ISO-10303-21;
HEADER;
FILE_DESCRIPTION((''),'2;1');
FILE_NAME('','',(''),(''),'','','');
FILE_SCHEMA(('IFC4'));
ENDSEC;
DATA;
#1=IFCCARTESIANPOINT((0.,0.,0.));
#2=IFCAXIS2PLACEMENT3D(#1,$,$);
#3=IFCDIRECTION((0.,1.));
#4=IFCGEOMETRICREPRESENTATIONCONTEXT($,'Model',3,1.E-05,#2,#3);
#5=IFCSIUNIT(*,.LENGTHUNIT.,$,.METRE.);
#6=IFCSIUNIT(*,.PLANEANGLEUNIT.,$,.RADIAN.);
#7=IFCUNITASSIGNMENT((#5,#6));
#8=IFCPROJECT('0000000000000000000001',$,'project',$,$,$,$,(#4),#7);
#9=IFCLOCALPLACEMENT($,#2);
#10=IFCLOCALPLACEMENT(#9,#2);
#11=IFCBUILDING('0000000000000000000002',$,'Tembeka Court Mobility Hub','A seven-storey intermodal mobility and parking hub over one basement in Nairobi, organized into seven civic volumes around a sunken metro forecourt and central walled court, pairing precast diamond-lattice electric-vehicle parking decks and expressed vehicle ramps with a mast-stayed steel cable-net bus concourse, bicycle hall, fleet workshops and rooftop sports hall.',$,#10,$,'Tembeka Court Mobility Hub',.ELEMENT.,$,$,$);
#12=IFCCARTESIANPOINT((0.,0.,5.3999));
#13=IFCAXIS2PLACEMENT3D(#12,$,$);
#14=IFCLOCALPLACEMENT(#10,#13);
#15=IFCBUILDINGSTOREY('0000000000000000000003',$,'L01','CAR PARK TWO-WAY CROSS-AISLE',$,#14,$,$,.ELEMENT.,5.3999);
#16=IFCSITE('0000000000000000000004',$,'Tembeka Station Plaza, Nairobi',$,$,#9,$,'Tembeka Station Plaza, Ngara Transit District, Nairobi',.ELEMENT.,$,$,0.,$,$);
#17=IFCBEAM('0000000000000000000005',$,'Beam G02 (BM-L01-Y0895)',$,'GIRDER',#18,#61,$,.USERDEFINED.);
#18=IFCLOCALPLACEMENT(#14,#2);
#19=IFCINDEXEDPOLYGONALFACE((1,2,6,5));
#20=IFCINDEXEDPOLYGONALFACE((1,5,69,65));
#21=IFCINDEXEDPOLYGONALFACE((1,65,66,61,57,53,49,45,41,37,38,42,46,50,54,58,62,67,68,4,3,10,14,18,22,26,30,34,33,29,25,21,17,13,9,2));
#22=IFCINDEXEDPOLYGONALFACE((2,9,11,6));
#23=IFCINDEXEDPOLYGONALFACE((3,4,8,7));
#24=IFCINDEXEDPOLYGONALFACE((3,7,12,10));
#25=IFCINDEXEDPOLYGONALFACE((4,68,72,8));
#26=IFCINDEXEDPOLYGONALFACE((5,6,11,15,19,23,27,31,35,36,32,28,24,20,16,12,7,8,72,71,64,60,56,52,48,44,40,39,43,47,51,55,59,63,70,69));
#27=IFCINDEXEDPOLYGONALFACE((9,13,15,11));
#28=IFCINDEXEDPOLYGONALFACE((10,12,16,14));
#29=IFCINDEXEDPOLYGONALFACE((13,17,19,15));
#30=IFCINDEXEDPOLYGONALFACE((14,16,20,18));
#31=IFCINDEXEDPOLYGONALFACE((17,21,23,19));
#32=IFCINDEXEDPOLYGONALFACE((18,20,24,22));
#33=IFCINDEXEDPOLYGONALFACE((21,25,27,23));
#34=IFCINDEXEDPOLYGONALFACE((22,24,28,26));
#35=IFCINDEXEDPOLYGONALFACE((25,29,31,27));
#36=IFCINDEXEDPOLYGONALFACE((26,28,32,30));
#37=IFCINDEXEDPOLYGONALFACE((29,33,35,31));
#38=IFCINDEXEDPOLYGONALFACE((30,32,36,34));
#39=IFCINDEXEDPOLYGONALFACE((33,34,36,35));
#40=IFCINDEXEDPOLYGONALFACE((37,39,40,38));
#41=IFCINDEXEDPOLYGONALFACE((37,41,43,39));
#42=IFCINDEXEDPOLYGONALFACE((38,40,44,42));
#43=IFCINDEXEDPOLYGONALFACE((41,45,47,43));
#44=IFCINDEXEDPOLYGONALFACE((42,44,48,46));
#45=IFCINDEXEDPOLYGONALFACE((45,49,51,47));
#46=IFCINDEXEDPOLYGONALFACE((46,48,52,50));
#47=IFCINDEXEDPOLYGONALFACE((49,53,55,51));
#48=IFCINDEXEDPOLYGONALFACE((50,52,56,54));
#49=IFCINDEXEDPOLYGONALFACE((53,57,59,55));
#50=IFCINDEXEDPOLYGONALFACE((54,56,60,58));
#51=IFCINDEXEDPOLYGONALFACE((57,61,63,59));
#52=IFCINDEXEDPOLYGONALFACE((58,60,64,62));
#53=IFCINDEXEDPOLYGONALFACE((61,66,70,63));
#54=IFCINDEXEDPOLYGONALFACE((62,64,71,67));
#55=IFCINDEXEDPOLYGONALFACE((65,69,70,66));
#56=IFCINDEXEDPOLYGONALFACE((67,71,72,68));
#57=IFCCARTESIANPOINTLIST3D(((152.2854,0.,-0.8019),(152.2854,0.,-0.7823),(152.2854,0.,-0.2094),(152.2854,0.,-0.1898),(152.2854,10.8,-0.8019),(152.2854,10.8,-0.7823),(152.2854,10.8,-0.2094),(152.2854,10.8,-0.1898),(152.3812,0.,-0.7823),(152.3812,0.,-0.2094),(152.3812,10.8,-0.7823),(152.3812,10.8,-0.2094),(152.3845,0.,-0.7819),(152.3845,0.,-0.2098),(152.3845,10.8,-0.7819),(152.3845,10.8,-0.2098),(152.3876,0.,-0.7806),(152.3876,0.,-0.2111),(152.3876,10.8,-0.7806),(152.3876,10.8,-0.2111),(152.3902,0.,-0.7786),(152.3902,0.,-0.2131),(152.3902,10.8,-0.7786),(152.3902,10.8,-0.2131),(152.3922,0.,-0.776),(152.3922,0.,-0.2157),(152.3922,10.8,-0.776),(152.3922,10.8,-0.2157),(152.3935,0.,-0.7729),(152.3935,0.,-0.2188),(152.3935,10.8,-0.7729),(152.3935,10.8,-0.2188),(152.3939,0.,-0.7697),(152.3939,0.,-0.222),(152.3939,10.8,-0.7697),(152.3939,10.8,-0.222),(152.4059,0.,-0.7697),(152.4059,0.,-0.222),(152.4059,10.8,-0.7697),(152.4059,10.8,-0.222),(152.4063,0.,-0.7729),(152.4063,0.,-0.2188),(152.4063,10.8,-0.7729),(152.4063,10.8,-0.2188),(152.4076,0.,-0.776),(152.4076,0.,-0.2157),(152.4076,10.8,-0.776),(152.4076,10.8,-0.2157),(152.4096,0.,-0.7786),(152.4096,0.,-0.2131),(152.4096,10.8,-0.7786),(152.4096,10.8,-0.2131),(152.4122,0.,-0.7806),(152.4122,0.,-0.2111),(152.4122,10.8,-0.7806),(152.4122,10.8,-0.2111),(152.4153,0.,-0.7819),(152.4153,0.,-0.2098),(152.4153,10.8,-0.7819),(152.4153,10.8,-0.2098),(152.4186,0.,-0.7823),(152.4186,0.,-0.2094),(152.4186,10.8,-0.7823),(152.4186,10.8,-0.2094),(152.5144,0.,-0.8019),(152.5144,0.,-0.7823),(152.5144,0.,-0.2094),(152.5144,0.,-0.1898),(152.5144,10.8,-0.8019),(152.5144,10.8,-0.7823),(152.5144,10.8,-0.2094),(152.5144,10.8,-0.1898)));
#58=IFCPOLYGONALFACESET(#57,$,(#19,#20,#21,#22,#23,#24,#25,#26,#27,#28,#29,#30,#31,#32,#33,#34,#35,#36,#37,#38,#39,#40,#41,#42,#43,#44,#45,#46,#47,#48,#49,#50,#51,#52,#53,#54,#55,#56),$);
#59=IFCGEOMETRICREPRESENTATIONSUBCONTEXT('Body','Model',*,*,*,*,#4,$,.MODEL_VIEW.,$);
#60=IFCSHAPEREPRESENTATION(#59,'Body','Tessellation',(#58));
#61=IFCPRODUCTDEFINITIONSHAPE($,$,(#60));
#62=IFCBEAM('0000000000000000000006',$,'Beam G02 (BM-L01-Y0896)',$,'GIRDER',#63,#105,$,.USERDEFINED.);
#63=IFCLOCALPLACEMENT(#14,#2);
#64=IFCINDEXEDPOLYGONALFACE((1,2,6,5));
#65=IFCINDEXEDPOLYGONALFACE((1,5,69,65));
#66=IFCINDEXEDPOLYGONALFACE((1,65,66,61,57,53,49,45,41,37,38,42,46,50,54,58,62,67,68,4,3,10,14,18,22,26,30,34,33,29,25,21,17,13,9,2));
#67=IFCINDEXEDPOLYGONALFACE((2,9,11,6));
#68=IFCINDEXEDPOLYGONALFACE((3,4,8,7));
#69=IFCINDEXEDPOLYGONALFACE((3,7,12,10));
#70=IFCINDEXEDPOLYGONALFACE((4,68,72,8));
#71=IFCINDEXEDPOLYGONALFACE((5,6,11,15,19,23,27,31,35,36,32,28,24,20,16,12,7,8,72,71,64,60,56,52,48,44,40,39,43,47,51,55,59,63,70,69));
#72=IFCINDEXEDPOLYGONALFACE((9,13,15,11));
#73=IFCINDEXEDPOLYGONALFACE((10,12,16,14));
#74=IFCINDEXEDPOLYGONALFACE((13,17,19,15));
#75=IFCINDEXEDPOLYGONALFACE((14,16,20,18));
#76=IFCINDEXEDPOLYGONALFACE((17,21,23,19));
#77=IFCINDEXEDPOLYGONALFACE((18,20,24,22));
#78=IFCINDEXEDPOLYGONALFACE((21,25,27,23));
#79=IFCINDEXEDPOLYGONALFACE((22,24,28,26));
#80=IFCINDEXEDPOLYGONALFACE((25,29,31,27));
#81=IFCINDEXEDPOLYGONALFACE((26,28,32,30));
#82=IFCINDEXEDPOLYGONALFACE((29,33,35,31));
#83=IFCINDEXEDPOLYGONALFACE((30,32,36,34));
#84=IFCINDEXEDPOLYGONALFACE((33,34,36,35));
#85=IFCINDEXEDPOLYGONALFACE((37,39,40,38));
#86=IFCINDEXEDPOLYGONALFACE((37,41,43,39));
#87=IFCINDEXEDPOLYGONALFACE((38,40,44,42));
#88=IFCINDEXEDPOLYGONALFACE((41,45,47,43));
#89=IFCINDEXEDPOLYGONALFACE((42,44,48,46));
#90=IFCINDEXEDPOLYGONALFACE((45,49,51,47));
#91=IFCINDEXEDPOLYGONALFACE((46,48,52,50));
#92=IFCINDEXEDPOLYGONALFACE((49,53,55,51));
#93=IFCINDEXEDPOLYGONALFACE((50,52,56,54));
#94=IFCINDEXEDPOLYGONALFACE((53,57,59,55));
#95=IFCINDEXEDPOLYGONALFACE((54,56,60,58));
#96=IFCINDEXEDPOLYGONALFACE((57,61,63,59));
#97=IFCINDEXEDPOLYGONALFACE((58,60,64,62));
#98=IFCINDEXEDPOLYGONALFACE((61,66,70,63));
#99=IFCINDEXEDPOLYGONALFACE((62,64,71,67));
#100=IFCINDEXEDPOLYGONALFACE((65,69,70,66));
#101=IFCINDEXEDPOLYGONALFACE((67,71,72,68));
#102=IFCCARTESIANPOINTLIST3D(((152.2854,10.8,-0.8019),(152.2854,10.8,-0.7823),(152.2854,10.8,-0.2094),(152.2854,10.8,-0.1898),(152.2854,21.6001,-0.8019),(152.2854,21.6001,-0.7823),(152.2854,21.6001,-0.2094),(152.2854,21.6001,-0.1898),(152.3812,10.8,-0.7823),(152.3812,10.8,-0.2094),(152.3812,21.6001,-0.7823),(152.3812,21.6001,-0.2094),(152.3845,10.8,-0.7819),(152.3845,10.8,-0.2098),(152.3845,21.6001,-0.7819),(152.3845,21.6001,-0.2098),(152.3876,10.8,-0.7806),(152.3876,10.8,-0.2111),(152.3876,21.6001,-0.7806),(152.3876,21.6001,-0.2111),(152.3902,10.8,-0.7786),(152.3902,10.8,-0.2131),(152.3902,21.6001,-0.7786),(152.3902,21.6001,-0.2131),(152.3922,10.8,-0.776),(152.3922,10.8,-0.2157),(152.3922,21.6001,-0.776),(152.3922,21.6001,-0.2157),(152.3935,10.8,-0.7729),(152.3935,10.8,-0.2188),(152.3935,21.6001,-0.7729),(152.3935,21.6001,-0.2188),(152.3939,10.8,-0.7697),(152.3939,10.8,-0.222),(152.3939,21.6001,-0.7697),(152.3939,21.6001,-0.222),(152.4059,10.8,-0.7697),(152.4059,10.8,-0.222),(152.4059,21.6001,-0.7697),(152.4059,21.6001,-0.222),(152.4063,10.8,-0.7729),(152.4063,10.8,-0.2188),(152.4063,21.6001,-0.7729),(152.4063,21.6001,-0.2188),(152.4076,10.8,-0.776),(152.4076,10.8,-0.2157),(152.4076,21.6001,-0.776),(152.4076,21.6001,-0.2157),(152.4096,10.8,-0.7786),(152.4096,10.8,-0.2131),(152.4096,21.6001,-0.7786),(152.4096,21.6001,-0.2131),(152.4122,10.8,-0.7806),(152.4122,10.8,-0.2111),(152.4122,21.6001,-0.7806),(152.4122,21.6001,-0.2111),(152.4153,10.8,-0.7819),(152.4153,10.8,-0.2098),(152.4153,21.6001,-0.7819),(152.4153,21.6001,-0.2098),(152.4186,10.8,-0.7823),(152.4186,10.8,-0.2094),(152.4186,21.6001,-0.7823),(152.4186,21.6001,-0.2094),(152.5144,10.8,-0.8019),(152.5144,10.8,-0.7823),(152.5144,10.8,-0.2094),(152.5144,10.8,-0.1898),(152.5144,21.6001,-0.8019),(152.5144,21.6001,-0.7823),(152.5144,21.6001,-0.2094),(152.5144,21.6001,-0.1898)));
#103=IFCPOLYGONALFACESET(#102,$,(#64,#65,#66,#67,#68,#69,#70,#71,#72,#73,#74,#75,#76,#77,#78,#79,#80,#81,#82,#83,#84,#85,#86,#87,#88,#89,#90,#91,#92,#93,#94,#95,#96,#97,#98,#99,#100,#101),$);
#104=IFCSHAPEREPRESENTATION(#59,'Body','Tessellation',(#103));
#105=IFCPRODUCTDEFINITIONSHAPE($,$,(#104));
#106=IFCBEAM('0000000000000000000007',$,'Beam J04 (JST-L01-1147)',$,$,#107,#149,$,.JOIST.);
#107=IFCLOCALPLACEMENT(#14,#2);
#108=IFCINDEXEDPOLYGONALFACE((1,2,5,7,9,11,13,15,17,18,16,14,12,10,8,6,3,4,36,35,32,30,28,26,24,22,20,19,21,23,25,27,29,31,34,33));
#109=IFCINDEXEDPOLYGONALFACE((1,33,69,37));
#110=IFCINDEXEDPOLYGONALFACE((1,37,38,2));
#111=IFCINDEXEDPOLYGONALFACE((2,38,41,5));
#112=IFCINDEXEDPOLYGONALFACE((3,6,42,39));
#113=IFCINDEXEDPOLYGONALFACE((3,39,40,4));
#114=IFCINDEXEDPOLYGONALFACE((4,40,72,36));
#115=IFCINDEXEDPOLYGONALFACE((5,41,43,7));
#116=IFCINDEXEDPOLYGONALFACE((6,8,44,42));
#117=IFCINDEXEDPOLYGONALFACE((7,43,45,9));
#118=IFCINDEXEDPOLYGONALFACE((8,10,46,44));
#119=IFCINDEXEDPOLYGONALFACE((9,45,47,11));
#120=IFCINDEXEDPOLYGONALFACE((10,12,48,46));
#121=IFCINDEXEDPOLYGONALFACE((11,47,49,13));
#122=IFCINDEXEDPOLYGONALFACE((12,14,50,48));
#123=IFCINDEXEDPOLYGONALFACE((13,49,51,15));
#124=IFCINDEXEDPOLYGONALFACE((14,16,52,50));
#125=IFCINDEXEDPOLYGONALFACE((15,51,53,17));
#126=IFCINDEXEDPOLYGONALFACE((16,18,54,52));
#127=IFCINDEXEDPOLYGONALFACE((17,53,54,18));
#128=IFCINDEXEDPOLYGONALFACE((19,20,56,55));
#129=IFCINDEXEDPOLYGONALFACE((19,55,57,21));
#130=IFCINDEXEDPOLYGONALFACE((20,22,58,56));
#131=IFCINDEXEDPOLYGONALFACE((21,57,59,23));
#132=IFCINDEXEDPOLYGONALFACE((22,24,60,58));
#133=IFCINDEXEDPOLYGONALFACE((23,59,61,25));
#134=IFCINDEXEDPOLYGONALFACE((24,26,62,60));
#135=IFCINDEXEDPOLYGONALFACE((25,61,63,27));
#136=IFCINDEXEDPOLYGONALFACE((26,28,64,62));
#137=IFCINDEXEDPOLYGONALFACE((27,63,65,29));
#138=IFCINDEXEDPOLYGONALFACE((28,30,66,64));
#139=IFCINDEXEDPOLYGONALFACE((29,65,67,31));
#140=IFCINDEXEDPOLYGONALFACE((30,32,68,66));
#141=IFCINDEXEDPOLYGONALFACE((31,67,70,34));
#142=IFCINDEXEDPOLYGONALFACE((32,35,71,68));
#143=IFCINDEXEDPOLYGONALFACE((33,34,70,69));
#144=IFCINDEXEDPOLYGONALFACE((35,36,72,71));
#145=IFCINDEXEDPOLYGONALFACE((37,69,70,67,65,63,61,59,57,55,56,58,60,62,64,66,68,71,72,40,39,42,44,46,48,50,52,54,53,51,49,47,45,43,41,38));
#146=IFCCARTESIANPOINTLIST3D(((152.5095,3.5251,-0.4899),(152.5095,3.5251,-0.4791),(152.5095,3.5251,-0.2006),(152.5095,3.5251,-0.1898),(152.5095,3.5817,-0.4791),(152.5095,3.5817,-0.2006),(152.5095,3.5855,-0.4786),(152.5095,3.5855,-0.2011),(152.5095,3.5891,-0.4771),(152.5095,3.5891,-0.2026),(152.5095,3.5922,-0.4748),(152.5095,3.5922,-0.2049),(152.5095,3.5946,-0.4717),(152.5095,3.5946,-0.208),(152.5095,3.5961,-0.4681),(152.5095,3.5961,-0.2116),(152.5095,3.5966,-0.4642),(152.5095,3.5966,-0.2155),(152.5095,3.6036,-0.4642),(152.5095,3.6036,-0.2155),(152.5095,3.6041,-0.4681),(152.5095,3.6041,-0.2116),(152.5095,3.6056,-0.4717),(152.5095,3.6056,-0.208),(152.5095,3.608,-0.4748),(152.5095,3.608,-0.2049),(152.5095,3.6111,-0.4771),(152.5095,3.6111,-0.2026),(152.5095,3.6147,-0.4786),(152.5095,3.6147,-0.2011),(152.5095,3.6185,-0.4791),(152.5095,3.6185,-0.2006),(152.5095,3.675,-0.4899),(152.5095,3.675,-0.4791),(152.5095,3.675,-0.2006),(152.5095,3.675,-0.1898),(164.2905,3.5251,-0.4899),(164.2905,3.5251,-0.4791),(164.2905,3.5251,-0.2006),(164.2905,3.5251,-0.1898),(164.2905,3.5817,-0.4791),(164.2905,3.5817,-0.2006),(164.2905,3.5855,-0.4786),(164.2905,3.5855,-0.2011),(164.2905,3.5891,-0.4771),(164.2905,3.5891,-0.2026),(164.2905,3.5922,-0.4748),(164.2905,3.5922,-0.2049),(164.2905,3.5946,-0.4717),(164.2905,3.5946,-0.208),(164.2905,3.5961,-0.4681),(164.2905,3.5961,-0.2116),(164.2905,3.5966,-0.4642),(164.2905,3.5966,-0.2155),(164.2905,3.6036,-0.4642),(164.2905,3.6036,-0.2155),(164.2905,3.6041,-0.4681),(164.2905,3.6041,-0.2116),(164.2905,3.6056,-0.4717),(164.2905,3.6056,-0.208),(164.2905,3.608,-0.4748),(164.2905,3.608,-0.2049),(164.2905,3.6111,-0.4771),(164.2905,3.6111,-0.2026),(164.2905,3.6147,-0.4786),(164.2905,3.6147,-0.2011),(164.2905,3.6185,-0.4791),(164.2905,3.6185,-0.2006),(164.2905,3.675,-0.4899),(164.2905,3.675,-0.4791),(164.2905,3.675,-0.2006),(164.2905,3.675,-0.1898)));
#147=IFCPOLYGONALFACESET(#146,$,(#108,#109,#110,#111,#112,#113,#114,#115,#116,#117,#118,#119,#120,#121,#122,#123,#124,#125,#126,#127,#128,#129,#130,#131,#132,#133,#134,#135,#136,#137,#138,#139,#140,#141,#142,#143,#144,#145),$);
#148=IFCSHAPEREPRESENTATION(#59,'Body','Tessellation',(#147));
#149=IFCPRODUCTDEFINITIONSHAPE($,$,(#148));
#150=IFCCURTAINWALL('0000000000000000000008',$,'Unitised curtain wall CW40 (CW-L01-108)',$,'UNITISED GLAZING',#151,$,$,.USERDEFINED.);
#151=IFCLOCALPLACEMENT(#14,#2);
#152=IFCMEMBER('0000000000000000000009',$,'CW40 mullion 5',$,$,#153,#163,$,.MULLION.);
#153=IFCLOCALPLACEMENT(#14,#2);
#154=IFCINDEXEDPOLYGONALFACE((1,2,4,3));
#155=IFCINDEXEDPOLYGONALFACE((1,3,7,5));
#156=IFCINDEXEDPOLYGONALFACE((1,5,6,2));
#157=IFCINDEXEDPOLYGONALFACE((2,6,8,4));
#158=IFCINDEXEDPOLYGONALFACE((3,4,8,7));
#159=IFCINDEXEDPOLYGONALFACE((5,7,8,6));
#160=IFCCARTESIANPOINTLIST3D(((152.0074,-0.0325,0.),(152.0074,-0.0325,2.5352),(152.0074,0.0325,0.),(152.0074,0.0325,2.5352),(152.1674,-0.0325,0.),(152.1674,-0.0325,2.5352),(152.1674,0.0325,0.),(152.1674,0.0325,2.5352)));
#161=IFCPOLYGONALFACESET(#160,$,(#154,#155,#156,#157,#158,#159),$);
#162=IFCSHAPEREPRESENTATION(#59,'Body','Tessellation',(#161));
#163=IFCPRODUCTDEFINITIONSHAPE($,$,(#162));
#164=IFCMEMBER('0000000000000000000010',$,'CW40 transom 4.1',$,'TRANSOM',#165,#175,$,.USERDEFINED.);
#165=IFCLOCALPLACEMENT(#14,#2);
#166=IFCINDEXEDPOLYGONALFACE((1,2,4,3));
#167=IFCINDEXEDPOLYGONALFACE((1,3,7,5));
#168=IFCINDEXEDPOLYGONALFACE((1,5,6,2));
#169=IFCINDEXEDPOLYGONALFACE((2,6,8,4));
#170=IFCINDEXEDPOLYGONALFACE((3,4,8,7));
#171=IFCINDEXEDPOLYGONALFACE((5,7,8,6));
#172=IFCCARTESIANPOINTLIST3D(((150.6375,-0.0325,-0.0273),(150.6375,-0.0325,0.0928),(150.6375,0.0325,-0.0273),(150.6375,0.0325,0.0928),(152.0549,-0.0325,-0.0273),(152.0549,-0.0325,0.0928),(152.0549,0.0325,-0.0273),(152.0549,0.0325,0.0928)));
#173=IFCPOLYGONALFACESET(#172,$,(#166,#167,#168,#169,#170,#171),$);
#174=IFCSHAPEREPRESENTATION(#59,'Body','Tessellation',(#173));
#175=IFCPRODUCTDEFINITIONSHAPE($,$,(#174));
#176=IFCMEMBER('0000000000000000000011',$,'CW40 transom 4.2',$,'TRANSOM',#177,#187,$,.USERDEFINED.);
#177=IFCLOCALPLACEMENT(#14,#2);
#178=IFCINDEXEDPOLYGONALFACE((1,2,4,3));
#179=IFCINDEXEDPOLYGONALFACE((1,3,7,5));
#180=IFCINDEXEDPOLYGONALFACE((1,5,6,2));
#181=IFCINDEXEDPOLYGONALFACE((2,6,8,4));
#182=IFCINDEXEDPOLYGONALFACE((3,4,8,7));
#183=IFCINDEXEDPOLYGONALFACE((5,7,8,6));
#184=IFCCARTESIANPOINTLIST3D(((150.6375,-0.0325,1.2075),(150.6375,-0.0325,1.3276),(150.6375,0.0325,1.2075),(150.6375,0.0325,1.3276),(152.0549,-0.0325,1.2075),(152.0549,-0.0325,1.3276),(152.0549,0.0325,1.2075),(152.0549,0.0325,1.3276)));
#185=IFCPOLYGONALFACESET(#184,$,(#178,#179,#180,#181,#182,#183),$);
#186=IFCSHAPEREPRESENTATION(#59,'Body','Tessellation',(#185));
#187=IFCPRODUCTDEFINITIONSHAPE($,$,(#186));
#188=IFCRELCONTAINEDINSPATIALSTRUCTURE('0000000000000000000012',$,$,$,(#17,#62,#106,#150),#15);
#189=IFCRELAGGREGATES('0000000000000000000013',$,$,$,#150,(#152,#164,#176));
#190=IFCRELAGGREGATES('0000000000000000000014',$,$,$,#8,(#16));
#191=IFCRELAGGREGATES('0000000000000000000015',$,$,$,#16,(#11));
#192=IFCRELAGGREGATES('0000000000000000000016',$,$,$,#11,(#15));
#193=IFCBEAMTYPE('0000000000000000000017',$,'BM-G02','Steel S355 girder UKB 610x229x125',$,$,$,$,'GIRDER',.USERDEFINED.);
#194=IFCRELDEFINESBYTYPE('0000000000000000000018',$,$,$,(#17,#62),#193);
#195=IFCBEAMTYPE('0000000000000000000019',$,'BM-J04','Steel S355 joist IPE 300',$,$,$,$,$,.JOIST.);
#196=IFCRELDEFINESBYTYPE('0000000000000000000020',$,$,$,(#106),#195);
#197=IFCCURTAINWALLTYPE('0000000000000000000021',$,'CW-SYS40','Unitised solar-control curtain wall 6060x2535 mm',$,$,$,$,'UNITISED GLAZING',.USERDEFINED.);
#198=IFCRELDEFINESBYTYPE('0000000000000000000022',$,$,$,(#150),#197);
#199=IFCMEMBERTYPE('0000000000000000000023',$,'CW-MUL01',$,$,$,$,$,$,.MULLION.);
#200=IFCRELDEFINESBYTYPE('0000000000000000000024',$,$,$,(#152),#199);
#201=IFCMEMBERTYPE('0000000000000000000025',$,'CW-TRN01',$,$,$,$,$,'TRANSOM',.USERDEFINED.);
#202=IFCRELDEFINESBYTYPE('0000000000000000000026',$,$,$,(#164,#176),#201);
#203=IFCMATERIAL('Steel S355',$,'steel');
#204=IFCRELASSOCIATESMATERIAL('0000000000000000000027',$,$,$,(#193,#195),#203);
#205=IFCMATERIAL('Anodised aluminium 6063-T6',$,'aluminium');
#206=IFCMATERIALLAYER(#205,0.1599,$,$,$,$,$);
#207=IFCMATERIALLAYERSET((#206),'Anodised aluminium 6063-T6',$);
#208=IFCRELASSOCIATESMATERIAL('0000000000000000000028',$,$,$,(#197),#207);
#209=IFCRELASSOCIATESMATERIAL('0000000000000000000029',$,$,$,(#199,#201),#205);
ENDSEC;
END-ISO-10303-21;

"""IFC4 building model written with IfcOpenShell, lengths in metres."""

from ifc_helpers import new_model, si_unit, direction, frame, origin, origin_2d, place, context, subcontext, project, spatial, rectangle, i_section, extrude, material, layer, layer_set, material_profile, profile_set, type_object, element, aggregate, save


model = new_model("IFC4")

# Units and contexts
model_context = context("Model", 3, precision=1e-05, world=origin(), true_north=direction((0.0, 1.0)))
body_context = subcontext(model_context, "Body", "Model", "MODEL_VIEW")
ifc_project = project(units=[si_unit("LENGTHUNIT", "METRE"), si_unit("PLANEANGLEUNIT", "RADIAN")], contexts=[model_context])

# Site, building, storey
site_placement = place(None, origin())
site = spatial("IfcSite", under=ifc_project, at=site_placement, Name="Tembeka Station Plaza, Nairobi", LongName="Tembeka Station Plaza, Ngara Transit District, Nairobi", CompositionType="ELEMENT", RefElevation=0.0)
building_placement = place(site_placement, origin())
building = spatial("IfcBuilding", under=site, at=building_placement, Name="Tembeka Court Mobility Hub", Description="A seven-storey intermodal mobility and parking hub over one basement in Nairobi, organized into seven civic volumes around a sunken metro forecourt and central walled court, pairing precast diamond-lattice electric-vehicle parking decks and expressed vehicle ramps with a mast-stayed steel cable-net bus concourse, bicycle hall, fleet workshops and rooftop sports hall.", LongName="Tembeka Court Mobility Hub", CompositionType="ELEMENT")
storey_placement = place(building_placement, frame((0.0, 0.0, 5.3999)))
storey = spatial("IfcBuildingStorey", under=building, at=storey_placement, Name="L01", Description="CAR PARK TWO-WAY CROSS-AISLE", CompositionType="ELEMENT", Elevation=5.3999)

# Shared definitions
ifc_material_1 = material(Name="Steel S355", Category="steel")

# Beams
ifc_material_profile_1 = material_profile(ifc_material_1, i_section(OverallWidth=0.229, OverallDepth=0.6121, WebThickness=0.012, FlangeThickness=0.0195, FilletRadius=0.0127, at=origin_2d()), Name="UKB 610x229x125")
ifc_profile_set_1 = profile_set([ifc_material_profile_1], Name="Steel S355")
beam_type_1 = type_object("IfcBeamType", Name="BM-G02", Description="Steel S355 girder UKB 610x229x125", ElementType="GIRDER", PredefinedType="USERDEFINED", material=ifc_profile_set_1)
for number, where, z_axis, x_axis, name in (
    (1, (152.3999, 0.0, -0.4958), (0.0, 1.0, 0.0), (-1.0, 0.0, 0.0), "Beam G02 (BM-L01-Y0895)"),
    (2, (152.3999, 10.8, -0.4958), (0.0, 1.0, 0.0), (-1.0, 0.0, 0.0), "Beam G02 (BM-L01-Y0896)"),
):
    element("IfcBeam", number, at=place(storey_placement, frame(where, z_axis=z_axis, x_axis=x_axis)), inside=storey, type_object=beam_type_1, Name=name, ObjectType="GIRDER", PredefinedType="USERDEFINED", context=body_context, shape_type="SweptSolid", body=[
        extrude(i_section(OverallWidth=0.229, OverallDepth=0.6121, WebThickness=0.012, FlangeThickness=0.0195, FilletRadius=0.0127, at=origin_2d()), origin(), (0.0, 0.0, 1.0), 10.8),
    ])
ifc_material_profile_2 = material_profile(ifc_material_1, i_section(OverallWidth=0.1499, OverallDepth=0.3, WebThickness=0.0071, FlangeThickness=0.0107, FilletRadius=0.0149, at=origin_2d()), Name="IPE 300")
ifc_profile_set_2 = profile_set([ifc_material_profile_2], Name="Steel S355")
beam_type_2 = type_object("IfcBeamType", Name="BM-J04", Description="Steel S355 joist IPE 300", PredefinedType="JOIST", material=ifc_profile_set_2)
beam_placement = place(storey_placement, frame((152.5095, 3.6001, -0.3398), z_axis=(1.0, 0.0, 0.0), x_axis=(0.0, 1.0, 0.0)))
element("IfcBeam", 3, at=beam_placement, inside=storey, type_object=beam_type_2, Name="Beam J04 (JST-L01-1147)", PredefinedType="JOIST", context=body_context, shape_type="SweptSolid", body=[
    extrude(i_section(OverallWidth=0.1499, OverallDepth=0.3, WebThickness=0.0071, FlangeThickness=0.0107, FilletRadius=0.0149, at=origin_2d()), origin(), (0.0, 0.0, 1.0), 11.781),
])

# Curtain wall, members
ifc_material_2 = material(Name="Anodised aluminium 6063-T6", Category="aluminium")
ifc_layer_1 = layer(ifc_material_2, 0.1599)
ifc_layer_set_1 = layer_set([ifc_layer_1], Name="Anodised aluminium 6063-T6")
curtain_wall_type = type_object("IfcCurtainWallType", Name="CW-SYS40", Description="Unitised solar-control curtain wall 6060x2535 mm", ElementType="UNITISED GLAZING", PredefinedType="USERDEFINED", material=ifc_layer_set_1)
curtain_wall_placement = place(storey_placement, origin())
curtain_wall = element("IfcCurtainWall", 4, at=curtain_wall_placement, inside=storey, type_object=curtain_wall_type, Name="Unitised curtain wall CW40 (CW-L01-108)", ObjectType="UNITISED GLAZING", PredefinedType="USERDEFINED")
ifc_material_profile_3 = material_profile(ifc_material_2, rectangle(XDim=0.0649, YDim=0.1599, at=origin_2d()), Name="ALU-MUL 65x160")
ifc_profile_set_3 = profile_set([ifc_material_profile_3], Name="Anodised aluminium 6063-T6")
member_type_1 = type_object("IfcMemberType", Name="CW-MUL01", PredefinedType="MULLION", material=ifc_profile_set_3)
member_1_placement = place(storey_placement, frame((152.0874, 0.0, 0.0), z_axis=(0.0, 0.0, 1.0), x_axis=(0.0, 1.0, 0.0)))
member_1 = element("IfcMember", 5, at=member_1_placement, type_object=member_type_1, Name="CW40 mullion 5", PredefinedType="MULLION", context=body_context, shape_type="SweptSolid", body=[
    extrude(rectangle(XDim=0.0649, YDim=0.1599, at=origin_2d()), origin(), (0.0, 0.0, 1.0), 2.5352),
])
ifc_material_profile_4 = material_profile(ifc_material_2, rectangle(XDim=0.0649, YDim=0.1201, at=origin_2d()), Name="ALU-TRN 65x120")
ifc_profile_set_4 = profile_set([ifc_material_profile_4], Name="Anodised aluminium 6063-T6")
member_type_2 = type_object("IfcMemberType", Name="CW-TRN01", ElementType="TRANSOM", PredefinedType="USERDEFINED", material=ifc_profile_set_4)
member_2_placement = place(storey_placement, frame((150.6375, 0.0, 0.0327), z_axis=(1.0, 0.0, 0.0), x_axis=(0.0, 1.0, 0.0)))
member_2 = element("IfcMember", 6, at=member_2_placement, type_object=member_type_2, Name="CW40 transom 4.1", ObjectType="TRANSOM", PredefinedType="USERDEFINED", context=body_context, shape_type="SweptSolid", body=[
    extrude(rectangle(XDim=0.0649, YDim=0.1201, at=origin_2d()), origin(), (0.0, 0.0, 1.0), 1.4175),
])
member_3_placement = place(storey_placement, frame((150.6375, 0.0, 1.2676), z_axis=(1.0, 0.0, 0.0), x_axis=(0.0, 1.0, 0.0)))
member_3 = element("IfcMember", 7, at=member_3_placement, type_object=member_type_2, Name="CW40 transom 4.2", ObjectType="TRANSOM", PredefinedType="USERDEFINED", context=body_context, shape_type="SweptSolid", body=[
    extrude(rectangle(XDim=0.0649, YDim=0.1201, at=origin_2d()), origin(), (0.0, 0.0, 1.0), 1.4175),
])
aggregate(curtain_wall, [member_1, member_2, member_3])

save(model, "model.ifc")
